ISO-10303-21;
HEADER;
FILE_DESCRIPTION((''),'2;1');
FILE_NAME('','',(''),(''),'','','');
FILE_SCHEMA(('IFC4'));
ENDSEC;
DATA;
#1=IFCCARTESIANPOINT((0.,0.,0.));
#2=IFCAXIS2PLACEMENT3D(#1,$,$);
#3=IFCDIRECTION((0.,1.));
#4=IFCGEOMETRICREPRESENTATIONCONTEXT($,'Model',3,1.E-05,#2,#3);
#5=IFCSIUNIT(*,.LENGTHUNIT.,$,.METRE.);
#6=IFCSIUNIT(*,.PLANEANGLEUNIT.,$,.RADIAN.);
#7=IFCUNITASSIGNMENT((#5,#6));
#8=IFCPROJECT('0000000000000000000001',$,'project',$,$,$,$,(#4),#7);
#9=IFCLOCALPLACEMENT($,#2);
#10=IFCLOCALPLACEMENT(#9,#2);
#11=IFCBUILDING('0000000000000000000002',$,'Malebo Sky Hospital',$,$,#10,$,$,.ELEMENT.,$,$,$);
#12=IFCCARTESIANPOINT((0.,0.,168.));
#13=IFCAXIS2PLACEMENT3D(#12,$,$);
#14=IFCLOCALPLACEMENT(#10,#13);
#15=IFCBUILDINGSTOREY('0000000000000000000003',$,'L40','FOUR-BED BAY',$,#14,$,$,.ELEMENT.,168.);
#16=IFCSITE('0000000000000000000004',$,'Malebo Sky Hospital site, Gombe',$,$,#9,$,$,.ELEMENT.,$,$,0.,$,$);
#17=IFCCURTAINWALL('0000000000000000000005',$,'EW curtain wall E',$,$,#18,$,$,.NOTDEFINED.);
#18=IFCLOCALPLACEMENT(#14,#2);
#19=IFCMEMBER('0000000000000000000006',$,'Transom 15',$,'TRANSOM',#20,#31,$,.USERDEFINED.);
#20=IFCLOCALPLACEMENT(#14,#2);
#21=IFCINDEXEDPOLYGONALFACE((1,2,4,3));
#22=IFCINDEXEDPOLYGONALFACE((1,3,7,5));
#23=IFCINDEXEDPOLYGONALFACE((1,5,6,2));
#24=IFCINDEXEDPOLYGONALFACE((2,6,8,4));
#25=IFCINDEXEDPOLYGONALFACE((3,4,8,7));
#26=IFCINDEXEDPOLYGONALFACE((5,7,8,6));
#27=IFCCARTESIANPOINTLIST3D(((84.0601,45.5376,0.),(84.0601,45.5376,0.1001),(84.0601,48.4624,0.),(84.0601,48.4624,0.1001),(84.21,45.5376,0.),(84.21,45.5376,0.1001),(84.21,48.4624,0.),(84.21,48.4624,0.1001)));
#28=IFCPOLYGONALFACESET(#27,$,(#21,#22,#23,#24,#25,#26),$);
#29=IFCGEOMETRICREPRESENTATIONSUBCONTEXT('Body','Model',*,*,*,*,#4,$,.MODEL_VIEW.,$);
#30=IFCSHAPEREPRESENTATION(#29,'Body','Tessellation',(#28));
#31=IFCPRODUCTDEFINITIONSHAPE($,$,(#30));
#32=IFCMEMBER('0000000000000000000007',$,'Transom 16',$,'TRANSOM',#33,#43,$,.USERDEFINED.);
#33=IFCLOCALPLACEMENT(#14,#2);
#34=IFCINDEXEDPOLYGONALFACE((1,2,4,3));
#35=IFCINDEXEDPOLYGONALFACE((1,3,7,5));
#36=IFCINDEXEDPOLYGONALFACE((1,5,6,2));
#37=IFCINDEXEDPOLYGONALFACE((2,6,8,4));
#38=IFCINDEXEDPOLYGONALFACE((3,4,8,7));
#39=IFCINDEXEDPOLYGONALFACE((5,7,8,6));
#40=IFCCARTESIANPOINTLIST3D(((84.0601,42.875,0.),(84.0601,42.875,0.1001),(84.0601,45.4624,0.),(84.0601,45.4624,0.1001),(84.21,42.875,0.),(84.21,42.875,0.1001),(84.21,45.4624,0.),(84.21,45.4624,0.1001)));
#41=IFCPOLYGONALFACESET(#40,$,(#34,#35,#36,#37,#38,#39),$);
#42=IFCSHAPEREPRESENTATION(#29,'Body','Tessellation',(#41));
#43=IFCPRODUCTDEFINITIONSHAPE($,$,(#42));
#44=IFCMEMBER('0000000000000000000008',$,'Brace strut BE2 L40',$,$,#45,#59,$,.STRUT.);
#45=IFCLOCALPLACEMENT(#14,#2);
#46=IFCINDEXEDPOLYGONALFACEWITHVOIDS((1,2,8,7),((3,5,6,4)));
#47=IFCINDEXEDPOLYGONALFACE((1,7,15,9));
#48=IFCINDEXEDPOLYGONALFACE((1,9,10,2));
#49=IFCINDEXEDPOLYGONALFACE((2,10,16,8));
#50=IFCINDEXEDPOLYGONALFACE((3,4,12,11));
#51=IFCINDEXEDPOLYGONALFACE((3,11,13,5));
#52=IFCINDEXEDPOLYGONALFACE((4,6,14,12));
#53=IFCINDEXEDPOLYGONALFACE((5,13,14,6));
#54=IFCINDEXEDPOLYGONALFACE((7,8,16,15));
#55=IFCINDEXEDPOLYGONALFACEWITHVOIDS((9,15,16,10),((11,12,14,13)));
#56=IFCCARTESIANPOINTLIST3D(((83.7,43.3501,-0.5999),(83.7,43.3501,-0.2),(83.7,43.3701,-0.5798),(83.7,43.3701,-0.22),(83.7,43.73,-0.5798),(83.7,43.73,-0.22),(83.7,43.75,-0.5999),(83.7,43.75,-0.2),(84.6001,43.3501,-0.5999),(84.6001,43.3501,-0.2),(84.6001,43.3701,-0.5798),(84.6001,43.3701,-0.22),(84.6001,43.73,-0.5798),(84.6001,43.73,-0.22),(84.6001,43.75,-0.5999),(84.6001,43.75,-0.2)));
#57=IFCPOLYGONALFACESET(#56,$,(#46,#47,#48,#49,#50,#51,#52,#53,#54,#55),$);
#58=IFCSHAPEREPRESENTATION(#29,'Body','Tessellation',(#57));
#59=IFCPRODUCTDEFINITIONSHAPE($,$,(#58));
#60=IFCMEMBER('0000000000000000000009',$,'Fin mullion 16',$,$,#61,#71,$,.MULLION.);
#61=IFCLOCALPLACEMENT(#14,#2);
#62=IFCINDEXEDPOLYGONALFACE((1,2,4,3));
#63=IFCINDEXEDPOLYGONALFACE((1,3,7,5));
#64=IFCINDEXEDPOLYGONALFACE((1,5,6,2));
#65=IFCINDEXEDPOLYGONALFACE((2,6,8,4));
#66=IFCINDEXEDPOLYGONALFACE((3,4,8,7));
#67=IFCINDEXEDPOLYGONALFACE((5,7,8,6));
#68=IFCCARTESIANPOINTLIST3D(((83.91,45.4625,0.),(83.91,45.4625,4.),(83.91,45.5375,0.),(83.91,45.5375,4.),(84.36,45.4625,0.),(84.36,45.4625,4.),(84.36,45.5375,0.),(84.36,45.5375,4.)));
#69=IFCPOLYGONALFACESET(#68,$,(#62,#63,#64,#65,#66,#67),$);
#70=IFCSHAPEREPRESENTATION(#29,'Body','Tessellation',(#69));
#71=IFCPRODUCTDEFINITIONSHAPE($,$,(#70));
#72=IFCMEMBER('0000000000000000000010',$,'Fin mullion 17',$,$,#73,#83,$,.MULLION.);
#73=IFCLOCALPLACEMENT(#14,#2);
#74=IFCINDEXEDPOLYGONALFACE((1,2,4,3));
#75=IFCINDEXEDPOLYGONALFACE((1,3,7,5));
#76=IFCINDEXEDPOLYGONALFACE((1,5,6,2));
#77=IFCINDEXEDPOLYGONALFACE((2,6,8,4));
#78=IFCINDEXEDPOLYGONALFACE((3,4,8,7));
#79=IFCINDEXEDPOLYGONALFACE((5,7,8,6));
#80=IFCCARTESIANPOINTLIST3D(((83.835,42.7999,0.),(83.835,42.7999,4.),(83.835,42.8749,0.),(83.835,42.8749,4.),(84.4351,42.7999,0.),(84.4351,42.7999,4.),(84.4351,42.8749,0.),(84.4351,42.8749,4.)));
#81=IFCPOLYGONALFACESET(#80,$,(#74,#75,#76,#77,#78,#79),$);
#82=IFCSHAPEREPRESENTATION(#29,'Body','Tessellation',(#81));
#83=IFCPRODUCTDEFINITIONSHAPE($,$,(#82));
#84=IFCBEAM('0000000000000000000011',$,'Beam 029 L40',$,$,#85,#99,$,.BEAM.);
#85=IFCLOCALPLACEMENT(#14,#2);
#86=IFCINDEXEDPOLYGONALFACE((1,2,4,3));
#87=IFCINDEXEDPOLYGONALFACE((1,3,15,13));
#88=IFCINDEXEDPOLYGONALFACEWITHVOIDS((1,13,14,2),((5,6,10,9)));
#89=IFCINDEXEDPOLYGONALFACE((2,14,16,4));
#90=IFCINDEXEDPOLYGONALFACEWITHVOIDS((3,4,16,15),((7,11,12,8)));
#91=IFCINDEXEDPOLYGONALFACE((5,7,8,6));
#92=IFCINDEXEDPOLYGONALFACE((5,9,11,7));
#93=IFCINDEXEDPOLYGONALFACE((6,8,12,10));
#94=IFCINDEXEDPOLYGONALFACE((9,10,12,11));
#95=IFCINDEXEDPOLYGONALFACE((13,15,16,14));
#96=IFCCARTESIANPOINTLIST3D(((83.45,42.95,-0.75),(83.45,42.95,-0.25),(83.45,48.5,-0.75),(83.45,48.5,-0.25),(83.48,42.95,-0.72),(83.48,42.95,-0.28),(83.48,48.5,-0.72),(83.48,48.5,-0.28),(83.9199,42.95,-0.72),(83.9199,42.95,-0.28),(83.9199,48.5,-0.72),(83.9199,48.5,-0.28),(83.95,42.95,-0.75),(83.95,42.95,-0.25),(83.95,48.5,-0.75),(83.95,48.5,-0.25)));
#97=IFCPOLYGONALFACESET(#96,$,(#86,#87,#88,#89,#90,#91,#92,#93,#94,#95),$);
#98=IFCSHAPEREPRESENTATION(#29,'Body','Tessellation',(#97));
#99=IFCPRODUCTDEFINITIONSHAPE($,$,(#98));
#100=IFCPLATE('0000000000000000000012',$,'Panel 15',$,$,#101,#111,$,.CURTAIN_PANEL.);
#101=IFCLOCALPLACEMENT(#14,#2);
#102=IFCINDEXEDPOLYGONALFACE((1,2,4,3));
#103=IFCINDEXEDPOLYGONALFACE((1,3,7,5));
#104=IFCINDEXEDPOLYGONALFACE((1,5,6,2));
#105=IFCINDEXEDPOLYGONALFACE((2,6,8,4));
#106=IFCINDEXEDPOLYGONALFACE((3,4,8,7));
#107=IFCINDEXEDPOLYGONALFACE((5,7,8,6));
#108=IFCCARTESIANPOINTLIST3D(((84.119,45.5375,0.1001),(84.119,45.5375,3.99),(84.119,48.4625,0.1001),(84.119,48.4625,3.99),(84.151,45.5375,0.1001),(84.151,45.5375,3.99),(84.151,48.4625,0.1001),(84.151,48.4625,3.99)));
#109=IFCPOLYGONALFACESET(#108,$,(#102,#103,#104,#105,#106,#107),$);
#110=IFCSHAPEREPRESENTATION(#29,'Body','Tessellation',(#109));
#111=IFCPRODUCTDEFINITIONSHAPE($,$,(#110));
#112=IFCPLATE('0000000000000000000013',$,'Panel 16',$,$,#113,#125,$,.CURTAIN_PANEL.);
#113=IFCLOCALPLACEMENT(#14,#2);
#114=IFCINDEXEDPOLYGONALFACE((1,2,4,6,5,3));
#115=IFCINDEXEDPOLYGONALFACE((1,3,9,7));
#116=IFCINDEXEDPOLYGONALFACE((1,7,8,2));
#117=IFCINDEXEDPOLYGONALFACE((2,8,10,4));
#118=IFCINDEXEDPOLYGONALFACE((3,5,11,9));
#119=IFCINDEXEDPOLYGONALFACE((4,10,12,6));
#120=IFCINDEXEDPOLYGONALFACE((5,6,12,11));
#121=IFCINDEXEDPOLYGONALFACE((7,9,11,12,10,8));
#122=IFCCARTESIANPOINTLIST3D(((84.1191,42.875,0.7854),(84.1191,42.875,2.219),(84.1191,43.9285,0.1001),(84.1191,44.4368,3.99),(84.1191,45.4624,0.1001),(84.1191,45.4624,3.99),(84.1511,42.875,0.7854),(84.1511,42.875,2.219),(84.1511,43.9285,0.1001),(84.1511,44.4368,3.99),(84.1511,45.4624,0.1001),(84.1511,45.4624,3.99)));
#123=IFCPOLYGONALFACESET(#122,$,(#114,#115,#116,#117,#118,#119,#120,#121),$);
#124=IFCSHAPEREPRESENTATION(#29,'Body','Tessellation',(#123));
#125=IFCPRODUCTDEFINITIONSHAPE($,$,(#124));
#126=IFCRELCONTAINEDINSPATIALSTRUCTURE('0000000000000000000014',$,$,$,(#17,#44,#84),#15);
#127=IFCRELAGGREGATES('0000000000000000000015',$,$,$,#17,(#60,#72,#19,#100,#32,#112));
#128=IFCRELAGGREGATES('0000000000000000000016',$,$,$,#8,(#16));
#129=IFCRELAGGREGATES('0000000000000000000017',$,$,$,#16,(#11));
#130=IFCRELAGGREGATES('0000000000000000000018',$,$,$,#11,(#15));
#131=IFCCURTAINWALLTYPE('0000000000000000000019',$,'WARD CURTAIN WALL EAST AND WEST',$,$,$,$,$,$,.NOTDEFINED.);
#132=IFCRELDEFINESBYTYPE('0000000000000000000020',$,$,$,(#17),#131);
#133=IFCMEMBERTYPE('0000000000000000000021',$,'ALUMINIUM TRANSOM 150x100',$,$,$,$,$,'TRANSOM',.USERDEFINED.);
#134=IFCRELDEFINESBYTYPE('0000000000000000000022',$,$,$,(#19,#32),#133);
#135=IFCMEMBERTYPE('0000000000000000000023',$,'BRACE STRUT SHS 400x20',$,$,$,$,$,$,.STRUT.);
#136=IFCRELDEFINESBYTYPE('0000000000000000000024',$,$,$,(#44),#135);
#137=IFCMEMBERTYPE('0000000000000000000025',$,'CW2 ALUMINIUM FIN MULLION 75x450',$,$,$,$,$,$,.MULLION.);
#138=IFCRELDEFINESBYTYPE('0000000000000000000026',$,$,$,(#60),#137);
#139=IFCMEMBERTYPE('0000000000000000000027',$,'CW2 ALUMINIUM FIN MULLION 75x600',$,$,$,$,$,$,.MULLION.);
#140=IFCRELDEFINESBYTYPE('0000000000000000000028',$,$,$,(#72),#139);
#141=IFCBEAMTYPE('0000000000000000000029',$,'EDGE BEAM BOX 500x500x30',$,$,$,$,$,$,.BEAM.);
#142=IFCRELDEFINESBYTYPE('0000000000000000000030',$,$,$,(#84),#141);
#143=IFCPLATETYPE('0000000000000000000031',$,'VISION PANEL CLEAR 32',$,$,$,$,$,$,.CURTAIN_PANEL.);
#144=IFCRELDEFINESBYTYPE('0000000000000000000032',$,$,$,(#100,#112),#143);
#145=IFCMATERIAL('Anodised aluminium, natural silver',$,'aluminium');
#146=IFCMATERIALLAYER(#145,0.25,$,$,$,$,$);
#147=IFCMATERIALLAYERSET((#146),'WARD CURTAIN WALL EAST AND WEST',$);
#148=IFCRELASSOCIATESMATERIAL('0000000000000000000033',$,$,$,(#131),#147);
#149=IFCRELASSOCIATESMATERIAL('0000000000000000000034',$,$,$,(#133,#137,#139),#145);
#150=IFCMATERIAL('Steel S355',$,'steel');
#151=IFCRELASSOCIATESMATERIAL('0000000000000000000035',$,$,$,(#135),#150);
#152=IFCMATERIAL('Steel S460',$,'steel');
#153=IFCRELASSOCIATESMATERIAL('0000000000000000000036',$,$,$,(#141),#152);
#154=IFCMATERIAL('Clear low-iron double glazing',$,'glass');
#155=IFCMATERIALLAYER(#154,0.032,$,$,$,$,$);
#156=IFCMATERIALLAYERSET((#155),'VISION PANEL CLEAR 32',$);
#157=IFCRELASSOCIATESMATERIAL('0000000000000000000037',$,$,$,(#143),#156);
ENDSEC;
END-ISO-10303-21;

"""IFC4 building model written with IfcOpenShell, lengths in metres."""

from ifc_helpers import new_model, si_unit, direction, frame, origin, origin_2d, place, context, subcontext, project, spatial, polyline, rectangle, hollow_rectangle, outline, extrude, material, layer, layer_set, material_profile, profile_set, type_object, element, aggregate, save


model = new_model("IFC4")

# Units and contexts
model_context = context("Model", 3, precision=1e-05, world=origin(), true_north=direction((0.0, 1.0)))
body_context = subcontext(model_context, "Body", "Model", "MODEL_VIEW")
ifc_project = project(units=[si_unit("LENGTHUNIT", "METRE"), si_unit("PLANEANGLEUNIT", "RADIAN")], contexts=[model_context])

# Site, building, storey
site_placement = place(None, origin())
site = spatial("IfcSite", under=ifc_project, at=site_placement, Name="Malebo Sky Hospital site, Gombe", CompositionType="ELEMENT", RefElevation=0.0)
building_placement = place(site_placement, origin())
building = spatial("IfcBuilding", under=site, at=building_placement, Name="Malebo Sky Hospital", CompositionType="ELEMENT")
storey_placement = place(building_placement, frame((0.0, 0.0, 168.0)))
storey = spatial("IfcBuildingStorey", under=building, at=storey_placement, Name="L40", Description="FOUR-BED BAY", CompositionType="ELEMENT", Elevation=168.0)

# Curtain wall, members
ifc_material_1 = material(Name="Anodised aluminium, natural silver", Category="aluminium")
ifc_layer_1 = layer(ifc_material_1, 0.25)
ifc_layer_set_1 = layer_set([ifc_layer_1], Name="WARD CURTAIN WALL EAST AND WEST")
curtain_wall_type = type_object("IfcCurtainWallType", Name="WARD CURTAIN WALL EAST AND WEST", PredefinedType="NOTDEFINED", material=ifc_layer_set_1)
curtain_wall_placement = place(storey_placement, origin())
curtain_wall = element("IfcCurtainWall", 1, at=curtain_wall_placement, inside=storey, type_object=curtain_wall_type, Name="EW curtain wall E", PredefinedType="NOTDEFINED")
ifc_material_profile_1 = material_profile(ifc_material_1, rectangle(XDim=0.1499, YDim=0.1001, at=origin_2d()), Name="ALUMINIUM TRANSOM 150x100")
ifc_profile_set_1 = profile_set([ifc_material_profile_1], Name="Anodised aluminium, natural silver")
member_type_1 = type_object("IfcMemberType", Name="ALUMINIUM TRANSOM 150x100", ElementType="TRANSOM", PredefinedType="USERDEFINED", material=ifc_profile_set_1)
member_1_placement = place(storey_placement, frame((84.135, 48.4624, 0.05), z_axis=(0.0, -1.0, 0.0), x_axis=(1.0, 0.0, 0.0)))
member_1 = element("IfcMember", 2, at=member_1_placement, type_object=member_type_1, Name="Transom 15", ObjectType="TRANSOM", PredefinedType="USERDEFINED", context=body_context, shape_type="SweptSolid", body=[
    extrude(rectangle(XDim=0.1499, YDim=0.1001, at=origin_2d()), origin(), (0.0, 0.0, 1.0), 2.9248),
])
member_2_placement = place(storey_placement, frame((84.135, 45.4624, 0.05), z_axis=(0.0, -1.0, 0.0), x_axis=(1.0, 0.0, 0.0)))
member_2 = element("IfcMember", 3, at=member_2_placement, type_object=member_type_1, Name="Transom 16", ObjectType="TRANSOM", PredefinedType="USERDEFINED", context=body_context, shape_type="SweptSolid", body=[
    extrude(rectangle(XDim=0.1499, YDim=0.1001, at=origin_2d()), origin(), (0.0, 0.0, 1.0), 2.5874),
])

# Members
ifc_material_2 = material(Name="Steel S355", Category="steel")
ifc_material_profile_2 = material_profile(ifc_material_2, hollow_rectangle(XDim=0.3999, YDim=0.3999, WallThickness=0.02, at=origin_2d()), Name="SHS 400x20")
ifc_profile_set_2 = profile_set([ifc_material_profile_2], Name="Steel S355")
member_type_2 = type_object("IfcMemberType", Name="BRACE STRUT SHS 400x20", PredefinedType="STRUT", material=ifc_profile_set_2)
member_3_placement = place(storey_placement, frame((84.6001, 43.55, -0.3999), z_axis=(-1.0, 0.0, 0.0), x_axis=(0.0, -1.0, 0.0)))
element("IfcMember", 4, at=member_3_placement, inside=storey, type_object=member_type_2, Name="Brace strut BE2 L40", PredefinedType="STRUT", context=body_context, shape_type="SweptSolid", body=[
    extrude(hollow_rectangle(XDim=0.3999, YDim=0.3999, WallThickness=0.02, at=origin_2d()), origin(), (0.0, 0.0, 1.0), 0.9001),
])
ifc_material_profile_3 = material_profile(ifc_material_1, rectangle(XDim=0.075, YDim=0.45, at=origin_2d()), Name="CW2 ALUMINIUM FIN MULLION 75x450")
ifc_profile_set_3 = profile_set([ifc_material_profile_3], Name="Anodised aluminium, natural silver")
member_type_3 = type_object("IfcMemberType", Name="CW2 ALUMINIUM FIN MULLION 75x450", PredefinedType="MULLION", material=ifc_profile_set_3)
member_4_placement = place(storey_placement, frame((84.135, 45.5, 0.0), z_axis=(0.0, 0.0, 1.0), x_axis=(0.0, -1.0, 0.0)))
member_4 = element("IfcMember", 5, at=member_4_placement, type_object=member_type_3, Name="Fin mullion 16", PredefinedType="MULLION", context=body_context, shape_type="SweptSolid", body=[
    extrude(rectangle(XDim=0.075, YDim=0.45, at=origin_2d()), origin(), (0.0, 0.0, 1.0), 4.0),
])
ifc_material_profile_4 = material_profile(ifc_material_1, rectangle(XDim=0.075, YDim=0.6001, at=origin_2d()), Name="CW2 ALUMINIUM FIN MULLION 75x600")
ifc_profile_set_4 = profile_set([ifc_material_profile_4], Name="Anodised aluminium, natural silver")
member_type_4 = type_object("IfcMemberType", Name="CW2 ALUMINIUM FIN MULLION 75x600", PredefinedType="MULLION", material=ifc_profile_set_4)
member_5_placement = place(storey_placement, frame((84.135, 42.8374, 0.0), z_axis=(0.0, 0.0, 1.0), x_axis=(0.0, -1.0, 0.0)))
member_5 = element("IfcMember", 6, at=member_5_placement, type_object=member_type_4, Name="Fin mullion 17", PredefinedType="MULLION", context=body_context, shape_type="SweptSolid", body=[
    extrude(rectangle(XDim=0.075, YDim=0.6001, at=origin_2d()), origin(), (0.0, 0.0, 1.0), 4.0),
])

# Beam
ifc_material_3 = material(Name="Steel S460", Category="steel")
ifc_material_profile_5 = material_profile(ifc_material_3, hollow_rectangle(XDim=0.5, YDim=0.5, WallThickness=0.03, at=origin_2d()), Name="BOX 500x500x30")
ifc_profile_set_5 = profile_set([ifc_material_profile_5], Name="Steel S460")
beam_type = type_object("IfcBeamType", Name="EDGE BEAM BOX 500x500x30", PredefinedType="BEAM", material=ifc_profile_set_5)
beam_placement = place(storey_placement, frame((83.7, 42.95, -0.5), z_axis=(0.0, 1.0, 0.0), x_axis=(-1.0, 0.0, 0.0)))
element("IfcBeam", 7, at=beam_placement, inside=storey, type_object=beam_type, Name="Beam 029 L40", PredefinedType="BEAM", context=body_context, shape_type="SweptSolid", body=[
    extrude(hollow_rectangle(XDim=0.5, YDim=0.5, WallThickness=0.03, at=origin_2d()), origin(), (0.0, 0.0, 1.0), 5.55),
])

# Plates
ifc_material_4 = material(Name="Clear low-iron double glazing", Category="glass")
ifc_layer_2 = layer(ifc_material_4, 0.032)
ifc_layer_set_2 = layer_set([ifc_layer_2], Name="VISION PANEL CLEAR 32")
plate_type = type_object("IfcPlateType", Name="VISION PANEL CLEAR 32", PredefinedType="CURTAIN_PANEL", material=ifc_layer_set_2)
plate_1_placement = place(storey_placement, frame((84.135, 47.0, 0.1001), z_axis=(0.0, 0.0, 1.0), x_axis=(0.0, -1.0, 0.0)))
plate_1 = element("IfcPlate", 8, at=plate_1_placement, type_object=plate_type, Name="Panel 15", PredefinedType="CURTAIN_PANEL", context=body_context, shape_type="SweptSolid", body=[
    extrude(rectangle(XDim=2.925, YDim=0.032, at=origin_2d()), origin(), (0.0, 0.0, 1.0), 3.8899),
])
plate_2_placement = place(storey_placement, frame((84.135, 44.1687, 0.1001), z_axis=(0.0, 0.0, 1.0), x_axis=(0.0, -1.0, 0.0)))
plate_2 = element("IfcPlate", 9, at=plate_2_placement, type_object=plate_type, Name="Panel 16", PredefinedType="CURTAIN_PANEL", context=body_context, shape_type="SweptSolid", body=[
    extrude(outline(polyline([(-1.2937, 0.0), (0.2402, 0.0), (1.2937, 0.6853), (1.2937, 2.1189), (-0.2681, 3.8899), (-1.2937, 3.8899), (-1.2937, 0.0)])), frame((0.0, 0.0161, 0.0), z_axis=(0.0, -1.0, 0.0), x_axis=(1.0, 0.0, 0.0)), (0.0, 0.0, 1.0), 0.032),
])
aggregate(curtain_wall, [member_4, member_5, member_1, plate_1, member_2, plate_2])

save(model, "model.ifc")
